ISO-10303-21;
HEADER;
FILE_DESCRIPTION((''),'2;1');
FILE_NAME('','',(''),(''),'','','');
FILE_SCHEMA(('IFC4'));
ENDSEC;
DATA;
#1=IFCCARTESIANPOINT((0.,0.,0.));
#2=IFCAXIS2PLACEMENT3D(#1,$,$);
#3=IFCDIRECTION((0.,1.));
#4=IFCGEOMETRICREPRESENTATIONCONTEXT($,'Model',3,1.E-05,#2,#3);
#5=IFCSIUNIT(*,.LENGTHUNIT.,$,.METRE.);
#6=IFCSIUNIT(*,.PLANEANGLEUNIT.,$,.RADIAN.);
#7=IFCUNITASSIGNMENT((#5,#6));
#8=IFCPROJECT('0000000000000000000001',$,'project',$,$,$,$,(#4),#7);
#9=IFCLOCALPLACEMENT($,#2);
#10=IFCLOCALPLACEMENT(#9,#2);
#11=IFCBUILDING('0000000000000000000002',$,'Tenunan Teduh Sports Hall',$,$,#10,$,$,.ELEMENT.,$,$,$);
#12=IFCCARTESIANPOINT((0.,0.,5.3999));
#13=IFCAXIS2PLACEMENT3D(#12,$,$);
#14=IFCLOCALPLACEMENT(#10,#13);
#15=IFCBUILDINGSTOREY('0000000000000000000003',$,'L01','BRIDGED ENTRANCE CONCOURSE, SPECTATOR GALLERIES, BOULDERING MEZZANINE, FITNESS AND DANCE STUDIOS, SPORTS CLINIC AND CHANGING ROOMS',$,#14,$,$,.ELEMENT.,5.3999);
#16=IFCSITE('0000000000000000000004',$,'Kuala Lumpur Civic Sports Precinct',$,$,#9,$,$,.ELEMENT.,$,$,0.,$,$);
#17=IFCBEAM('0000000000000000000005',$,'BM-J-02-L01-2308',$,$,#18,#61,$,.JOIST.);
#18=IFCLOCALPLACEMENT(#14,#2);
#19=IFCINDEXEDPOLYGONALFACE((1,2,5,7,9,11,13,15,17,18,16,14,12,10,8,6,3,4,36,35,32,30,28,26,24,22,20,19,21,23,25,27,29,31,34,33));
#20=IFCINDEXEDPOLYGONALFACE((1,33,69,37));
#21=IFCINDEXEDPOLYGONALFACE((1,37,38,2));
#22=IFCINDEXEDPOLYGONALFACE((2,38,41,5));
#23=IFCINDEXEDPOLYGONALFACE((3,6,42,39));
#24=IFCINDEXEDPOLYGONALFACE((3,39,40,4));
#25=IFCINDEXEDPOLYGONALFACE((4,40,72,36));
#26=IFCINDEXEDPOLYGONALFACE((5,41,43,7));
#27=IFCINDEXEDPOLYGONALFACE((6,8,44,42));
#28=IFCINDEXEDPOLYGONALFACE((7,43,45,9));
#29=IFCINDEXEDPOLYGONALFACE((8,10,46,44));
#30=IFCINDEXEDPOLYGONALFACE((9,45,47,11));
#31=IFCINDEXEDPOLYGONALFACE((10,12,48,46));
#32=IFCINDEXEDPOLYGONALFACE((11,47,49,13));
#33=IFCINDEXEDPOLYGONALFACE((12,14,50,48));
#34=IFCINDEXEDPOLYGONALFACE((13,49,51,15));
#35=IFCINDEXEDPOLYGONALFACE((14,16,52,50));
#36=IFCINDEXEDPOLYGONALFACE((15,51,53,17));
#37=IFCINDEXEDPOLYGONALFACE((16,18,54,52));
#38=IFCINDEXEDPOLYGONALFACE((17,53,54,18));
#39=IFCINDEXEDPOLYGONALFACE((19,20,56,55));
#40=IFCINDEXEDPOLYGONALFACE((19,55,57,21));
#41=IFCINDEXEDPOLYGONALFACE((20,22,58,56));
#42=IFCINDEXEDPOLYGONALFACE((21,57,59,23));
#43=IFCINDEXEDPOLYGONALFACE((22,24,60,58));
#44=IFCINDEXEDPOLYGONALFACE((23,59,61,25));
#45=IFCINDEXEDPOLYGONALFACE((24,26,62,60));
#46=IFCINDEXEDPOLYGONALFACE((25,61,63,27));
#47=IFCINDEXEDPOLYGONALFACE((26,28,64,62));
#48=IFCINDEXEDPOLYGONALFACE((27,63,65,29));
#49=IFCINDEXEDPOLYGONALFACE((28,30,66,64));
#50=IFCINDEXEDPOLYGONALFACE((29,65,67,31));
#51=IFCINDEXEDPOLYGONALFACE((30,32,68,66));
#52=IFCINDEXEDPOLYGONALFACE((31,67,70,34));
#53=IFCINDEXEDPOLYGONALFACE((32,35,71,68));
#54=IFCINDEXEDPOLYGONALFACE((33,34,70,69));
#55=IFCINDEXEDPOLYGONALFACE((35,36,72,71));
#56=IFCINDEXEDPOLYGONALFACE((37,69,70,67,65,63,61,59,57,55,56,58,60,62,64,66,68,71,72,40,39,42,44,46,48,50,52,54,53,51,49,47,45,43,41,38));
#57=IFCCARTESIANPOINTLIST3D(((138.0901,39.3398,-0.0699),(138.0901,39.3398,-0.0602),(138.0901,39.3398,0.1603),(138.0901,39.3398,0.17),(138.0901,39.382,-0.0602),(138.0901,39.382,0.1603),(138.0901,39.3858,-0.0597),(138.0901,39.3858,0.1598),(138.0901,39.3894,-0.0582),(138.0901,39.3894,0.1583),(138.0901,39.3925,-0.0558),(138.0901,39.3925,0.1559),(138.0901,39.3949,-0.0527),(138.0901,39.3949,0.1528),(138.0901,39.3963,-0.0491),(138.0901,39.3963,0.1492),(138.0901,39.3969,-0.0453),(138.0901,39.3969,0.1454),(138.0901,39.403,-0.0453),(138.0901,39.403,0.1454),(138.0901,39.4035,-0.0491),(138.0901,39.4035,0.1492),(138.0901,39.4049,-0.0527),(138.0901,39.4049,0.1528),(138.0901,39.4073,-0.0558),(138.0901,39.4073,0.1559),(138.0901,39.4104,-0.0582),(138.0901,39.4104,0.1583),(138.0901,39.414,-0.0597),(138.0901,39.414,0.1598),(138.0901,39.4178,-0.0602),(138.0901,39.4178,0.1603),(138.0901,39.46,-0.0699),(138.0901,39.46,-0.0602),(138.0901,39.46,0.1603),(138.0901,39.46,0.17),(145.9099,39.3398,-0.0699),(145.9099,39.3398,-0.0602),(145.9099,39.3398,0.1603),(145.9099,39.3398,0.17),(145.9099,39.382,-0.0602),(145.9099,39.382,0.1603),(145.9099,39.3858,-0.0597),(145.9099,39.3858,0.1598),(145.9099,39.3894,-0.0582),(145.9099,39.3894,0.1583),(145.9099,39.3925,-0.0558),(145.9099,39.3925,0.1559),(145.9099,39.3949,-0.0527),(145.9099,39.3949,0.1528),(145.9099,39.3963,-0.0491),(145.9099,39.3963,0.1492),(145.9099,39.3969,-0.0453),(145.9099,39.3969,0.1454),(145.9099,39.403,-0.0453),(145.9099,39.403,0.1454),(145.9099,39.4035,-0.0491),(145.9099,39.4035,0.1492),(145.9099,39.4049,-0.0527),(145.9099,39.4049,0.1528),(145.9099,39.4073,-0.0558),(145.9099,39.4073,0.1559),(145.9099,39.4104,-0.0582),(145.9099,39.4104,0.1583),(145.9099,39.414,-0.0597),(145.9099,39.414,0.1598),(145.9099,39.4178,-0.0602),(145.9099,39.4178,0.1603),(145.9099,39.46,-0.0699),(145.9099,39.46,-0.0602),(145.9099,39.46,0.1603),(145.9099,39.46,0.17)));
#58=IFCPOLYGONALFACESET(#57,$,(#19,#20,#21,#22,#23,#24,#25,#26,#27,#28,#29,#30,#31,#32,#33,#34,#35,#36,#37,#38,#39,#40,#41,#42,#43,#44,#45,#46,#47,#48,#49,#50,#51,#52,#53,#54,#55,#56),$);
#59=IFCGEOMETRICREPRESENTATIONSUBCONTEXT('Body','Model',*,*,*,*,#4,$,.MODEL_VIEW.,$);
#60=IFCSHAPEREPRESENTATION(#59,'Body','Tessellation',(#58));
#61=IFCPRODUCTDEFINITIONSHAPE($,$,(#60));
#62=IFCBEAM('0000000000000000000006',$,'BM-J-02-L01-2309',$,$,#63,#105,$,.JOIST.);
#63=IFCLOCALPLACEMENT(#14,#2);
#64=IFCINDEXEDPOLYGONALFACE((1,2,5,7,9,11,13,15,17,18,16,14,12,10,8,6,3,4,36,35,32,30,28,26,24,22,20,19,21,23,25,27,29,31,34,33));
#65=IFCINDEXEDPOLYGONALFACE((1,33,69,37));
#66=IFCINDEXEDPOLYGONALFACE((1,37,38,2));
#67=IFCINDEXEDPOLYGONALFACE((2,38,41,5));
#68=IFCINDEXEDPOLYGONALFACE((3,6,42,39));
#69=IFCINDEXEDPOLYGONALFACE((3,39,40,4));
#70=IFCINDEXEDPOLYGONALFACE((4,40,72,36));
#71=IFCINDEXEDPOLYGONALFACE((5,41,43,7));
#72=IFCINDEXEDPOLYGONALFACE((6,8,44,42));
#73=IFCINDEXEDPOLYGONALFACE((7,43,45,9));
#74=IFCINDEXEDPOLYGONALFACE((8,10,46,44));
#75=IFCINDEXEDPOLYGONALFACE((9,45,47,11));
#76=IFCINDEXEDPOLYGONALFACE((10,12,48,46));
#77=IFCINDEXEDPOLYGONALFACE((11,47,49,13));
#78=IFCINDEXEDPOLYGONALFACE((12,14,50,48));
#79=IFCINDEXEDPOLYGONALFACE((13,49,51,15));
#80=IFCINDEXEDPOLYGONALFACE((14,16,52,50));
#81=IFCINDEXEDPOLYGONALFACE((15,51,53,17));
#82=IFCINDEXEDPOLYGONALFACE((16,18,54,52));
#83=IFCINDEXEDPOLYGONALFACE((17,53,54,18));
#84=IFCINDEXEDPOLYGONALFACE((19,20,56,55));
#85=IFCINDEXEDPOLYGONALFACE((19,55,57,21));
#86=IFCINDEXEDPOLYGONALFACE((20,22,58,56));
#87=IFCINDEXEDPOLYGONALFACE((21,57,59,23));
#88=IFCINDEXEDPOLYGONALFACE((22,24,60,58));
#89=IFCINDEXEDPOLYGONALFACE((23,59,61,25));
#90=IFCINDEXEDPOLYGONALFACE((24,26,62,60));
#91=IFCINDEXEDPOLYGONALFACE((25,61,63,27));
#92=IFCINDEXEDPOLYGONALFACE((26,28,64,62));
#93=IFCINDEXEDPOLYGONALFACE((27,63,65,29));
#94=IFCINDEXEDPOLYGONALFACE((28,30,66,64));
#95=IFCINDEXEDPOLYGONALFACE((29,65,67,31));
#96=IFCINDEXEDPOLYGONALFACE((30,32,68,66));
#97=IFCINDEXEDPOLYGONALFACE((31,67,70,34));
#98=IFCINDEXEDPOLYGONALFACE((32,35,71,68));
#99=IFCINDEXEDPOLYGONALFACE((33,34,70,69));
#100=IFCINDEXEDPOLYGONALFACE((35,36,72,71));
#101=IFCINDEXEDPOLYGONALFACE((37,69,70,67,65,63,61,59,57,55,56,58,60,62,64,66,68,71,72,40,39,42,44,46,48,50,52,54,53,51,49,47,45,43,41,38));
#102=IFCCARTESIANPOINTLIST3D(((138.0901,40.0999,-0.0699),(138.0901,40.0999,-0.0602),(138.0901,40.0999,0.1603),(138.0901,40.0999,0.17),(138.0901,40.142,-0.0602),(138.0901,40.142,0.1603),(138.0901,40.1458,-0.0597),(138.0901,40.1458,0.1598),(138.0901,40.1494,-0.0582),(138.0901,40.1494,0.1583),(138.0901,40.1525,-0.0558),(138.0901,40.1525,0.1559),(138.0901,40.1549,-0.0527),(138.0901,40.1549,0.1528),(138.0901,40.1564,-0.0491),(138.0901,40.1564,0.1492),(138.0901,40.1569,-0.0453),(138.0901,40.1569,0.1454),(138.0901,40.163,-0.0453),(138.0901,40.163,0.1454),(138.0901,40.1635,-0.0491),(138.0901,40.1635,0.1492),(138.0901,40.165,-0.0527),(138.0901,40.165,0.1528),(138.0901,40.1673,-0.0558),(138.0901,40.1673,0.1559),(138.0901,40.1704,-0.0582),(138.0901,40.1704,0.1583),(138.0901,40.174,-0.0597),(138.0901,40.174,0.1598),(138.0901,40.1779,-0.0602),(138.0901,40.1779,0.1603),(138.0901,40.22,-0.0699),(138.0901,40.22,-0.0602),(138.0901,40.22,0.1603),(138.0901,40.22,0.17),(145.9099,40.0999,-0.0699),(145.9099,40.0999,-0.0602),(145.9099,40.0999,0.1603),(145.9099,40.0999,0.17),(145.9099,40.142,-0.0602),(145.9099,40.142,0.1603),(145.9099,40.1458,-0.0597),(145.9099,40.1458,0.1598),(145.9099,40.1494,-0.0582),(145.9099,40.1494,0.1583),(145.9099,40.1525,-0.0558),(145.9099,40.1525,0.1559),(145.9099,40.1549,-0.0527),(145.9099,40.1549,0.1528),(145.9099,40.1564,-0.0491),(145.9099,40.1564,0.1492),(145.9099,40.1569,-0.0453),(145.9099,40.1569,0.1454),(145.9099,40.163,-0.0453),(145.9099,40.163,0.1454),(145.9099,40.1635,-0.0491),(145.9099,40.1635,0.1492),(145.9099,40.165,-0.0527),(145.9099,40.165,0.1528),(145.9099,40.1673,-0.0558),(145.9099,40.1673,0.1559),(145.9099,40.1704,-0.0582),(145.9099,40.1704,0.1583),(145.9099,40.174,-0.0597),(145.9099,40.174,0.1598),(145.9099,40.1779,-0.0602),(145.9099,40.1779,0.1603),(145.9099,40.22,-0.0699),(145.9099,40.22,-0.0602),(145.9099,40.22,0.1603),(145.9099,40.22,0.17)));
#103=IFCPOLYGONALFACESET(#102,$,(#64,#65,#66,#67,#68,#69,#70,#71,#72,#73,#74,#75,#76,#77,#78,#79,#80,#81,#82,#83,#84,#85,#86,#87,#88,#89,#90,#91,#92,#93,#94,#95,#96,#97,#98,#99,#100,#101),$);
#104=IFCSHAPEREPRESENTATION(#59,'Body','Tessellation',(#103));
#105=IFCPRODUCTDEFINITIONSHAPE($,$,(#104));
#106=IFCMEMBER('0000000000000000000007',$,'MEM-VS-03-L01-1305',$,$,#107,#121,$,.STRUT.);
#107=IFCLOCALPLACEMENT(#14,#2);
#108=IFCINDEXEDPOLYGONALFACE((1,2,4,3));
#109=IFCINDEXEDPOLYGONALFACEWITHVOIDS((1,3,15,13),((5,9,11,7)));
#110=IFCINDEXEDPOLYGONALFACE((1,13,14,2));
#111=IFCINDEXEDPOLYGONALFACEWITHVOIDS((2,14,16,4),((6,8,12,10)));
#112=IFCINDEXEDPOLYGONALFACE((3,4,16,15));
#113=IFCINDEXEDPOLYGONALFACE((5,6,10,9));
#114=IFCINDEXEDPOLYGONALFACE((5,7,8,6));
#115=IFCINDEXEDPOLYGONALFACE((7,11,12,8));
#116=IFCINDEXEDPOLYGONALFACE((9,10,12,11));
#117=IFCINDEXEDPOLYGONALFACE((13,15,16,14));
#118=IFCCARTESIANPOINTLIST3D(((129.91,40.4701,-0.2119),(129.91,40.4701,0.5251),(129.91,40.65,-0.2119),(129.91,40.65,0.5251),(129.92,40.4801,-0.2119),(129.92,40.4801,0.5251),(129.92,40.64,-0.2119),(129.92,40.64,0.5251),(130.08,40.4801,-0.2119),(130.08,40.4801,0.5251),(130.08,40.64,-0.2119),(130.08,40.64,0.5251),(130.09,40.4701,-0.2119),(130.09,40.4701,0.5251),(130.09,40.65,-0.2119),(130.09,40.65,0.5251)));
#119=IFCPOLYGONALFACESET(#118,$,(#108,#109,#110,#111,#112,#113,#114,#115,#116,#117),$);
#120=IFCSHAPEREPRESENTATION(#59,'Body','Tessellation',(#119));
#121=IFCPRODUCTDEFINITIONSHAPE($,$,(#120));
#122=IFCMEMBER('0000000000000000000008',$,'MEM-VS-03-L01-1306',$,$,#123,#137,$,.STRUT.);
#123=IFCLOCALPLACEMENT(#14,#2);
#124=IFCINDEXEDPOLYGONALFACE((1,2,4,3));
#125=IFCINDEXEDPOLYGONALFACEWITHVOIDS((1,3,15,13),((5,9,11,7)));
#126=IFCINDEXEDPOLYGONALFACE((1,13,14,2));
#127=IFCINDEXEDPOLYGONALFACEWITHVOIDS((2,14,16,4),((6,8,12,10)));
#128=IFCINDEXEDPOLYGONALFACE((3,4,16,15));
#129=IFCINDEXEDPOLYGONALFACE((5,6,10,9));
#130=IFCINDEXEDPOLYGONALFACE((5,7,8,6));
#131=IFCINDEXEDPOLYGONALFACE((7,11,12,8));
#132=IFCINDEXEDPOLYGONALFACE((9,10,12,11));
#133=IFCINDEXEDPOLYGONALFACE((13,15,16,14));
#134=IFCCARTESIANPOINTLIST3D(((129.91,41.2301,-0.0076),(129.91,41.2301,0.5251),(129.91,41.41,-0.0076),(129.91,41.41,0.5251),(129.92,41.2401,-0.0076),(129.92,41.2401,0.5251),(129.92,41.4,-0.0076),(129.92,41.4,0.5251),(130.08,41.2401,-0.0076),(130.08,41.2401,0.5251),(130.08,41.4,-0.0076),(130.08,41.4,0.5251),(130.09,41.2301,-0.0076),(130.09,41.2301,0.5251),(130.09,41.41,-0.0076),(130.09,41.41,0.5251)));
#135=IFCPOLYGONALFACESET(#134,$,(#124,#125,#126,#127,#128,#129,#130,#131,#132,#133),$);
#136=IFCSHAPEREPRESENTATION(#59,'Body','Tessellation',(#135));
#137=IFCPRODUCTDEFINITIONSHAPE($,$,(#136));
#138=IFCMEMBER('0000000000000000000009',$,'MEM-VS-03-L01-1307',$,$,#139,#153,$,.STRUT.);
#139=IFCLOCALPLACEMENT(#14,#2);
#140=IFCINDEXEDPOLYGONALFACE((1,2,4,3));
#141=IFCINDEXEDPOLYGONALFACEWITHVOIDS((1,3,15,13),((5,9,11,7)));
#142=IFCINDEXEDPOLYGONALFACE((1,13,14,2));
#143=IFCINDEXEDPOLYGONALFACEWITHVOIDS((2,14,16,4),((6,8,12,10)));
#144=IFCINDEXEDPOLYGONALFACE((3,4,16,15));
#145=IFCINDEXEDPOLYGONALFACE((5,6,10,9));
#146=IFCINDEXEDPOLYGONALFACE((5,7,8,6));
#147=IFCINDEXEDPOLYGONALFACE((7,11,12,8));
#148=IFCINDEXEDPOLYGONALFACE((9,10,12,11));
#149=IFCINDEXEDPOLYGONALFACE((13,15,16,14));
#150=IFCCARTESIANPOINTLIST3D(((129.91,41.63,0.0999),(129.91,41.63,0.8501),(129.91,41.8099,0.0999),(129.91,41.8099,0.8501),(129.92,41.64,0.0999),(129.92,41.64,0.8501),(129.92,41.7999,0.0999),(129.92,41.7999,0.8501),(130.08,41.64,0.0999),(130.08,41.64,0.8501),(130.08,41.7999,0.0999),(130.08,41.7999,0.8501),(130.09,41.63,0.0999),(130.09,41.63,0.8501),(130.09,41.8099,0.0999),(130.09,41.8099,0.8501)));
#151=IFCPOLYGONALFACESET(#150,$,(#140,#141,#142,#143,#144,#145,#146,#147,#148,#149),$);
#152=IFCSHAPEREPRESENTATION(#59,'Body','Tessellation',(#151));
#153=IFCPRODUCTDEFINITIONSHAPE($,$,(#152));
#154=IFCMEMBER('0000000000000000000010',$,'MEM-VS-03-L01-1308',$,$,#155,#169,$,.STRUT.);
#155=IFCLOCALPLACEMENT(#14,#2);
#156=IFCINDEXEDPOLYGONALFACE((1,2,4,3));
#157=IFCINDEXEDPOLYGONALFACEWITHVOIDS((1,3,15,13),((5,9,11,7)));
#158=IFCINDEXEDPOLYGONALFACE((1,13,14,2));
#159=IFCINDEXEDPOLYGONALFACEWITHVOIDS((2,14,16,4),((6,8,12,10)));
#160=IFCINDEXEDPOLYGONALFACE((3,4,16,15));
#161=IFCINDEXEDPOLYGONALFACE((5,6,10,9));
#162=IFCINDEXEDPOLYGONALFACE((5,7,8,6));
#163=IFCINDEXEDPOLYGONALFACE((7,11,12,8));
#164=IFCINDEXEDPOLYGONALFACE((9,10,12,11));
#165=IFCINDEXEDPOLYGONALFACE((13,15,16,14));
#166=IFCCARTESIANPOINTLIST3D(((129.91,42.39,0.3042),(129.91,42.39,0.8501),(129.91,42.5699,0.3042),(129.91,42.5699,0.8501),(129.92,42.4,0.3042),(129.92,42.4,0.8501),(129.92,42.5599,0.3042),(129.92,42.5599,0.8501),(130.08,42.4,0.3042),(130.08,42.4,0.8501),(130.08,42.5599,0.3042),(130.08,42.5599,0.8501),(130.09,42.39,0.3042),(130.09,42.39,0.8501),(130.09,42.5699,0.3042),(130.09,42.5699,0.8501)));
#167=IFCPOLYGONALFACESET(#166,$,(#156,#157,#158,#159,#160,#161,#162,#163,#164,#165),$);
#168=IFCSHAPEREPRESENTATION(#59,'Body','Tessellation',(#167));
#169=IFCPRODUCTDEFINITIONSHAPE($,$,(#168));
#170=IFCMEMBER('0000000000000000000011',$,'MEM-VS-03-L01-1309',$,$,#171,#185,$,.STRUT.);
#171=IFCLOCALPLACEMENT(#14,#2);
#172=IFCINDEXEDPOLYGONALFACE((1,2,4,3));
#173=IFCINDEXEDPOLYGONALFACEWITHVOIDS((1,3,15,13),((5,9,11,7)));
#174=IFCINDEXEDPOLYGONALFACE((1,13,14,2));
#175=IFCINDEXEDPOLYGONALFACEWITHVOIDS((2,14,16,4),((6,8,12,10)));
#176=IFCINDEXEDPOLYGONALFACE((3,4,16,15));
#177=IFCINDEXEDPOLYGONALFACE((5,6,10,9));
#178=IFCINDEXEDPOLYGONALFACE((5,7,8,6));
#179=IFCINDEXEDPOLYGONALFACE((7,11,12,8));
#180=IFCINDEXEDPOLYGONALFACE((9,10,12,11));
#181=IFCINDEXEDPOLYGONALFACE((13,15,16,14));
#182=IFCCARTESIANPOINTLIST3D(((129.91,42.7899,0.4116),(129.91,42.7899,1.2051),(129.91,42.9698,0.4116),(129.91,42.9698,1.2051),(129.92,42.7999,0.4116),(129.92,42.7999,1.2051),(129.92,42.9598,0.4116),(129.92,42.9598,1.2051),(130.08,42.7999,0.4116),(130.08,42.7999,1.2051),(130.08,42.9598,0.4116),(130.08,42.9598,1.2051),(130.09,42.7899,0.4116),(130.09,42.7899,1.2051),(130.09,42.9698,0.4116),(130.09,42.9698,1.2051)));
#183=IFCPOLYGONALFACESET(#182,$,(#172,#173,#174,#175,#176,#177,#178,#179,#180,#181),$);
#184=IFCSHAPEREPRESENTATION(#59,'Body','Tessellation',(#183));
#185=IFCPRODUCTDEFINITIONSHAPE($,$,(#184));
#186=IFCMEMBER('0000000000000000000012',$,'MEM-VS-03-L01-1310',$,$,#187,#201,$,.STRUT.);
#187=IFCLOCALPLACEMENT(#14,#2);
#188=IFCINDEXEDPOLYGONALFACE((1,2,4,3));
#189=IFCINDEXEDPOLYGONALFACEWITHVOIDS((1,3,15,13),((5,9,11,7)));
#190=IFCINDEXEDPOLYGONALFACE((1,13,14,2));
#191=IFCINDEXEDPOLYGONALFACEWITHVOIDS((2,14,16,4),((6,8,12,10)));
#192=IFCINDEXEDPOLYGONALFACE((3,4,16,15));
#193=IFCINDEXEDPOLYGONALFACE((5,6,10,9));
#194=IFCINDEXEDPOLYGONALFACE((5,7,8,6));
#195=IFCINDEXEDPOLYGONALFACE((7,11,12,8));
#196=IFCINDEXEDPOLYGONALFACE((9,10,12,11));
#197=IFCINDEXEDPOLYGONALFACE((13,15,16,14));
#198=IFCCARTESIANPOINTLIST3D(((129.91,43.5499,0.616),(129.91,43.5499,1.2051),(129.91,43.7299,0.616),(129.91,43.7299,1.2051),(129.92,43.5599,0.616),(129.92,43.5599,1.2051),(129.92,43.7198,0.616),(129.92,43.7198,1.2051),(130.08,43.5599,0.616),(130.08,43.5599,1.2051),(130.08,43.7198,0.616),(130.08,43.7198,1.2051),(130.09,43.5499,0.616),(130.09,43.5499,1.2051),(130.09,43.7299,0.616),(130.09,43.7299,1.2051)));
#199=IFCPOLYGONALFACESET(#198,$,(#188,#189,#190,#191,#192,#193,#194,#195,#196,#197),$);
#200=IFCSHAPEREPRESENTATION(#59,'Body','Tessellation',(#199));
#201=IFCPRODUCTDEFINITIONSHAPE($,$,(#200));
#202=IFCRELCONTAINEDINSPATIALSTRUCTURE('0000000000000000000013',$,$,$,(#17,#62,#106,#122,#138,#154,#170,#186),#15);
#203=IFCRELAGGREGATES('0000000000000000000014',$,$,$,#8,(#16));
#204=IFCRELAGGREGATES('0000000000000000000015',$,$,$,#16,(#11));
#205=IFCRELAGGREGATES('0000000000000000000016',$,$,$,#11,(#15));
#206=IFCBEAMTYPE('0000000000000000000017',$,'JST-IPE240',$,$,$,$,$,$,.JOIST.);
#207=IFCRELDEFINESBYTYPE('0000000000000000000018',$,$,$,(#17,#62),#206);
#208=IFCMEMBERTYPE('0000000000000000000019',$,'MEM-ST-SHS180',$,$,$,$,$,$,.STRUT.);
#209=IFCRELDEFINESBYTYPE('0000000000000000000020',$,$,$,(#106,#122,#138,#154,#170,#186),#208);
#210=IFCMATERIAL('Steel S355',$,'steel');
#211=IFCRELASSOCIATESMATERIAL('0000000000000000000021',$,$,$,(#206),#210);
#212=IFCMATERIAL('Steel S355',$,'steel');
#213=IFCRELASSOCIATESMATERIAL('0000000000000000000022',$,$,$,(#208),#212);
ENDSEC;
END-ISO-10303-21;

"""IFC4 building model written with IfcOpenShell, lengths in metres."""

from ifc_helpers import new_model, si_unit, direction, frame, origin, origin_2d, place, context, subcontext, project, spatial, hollow_rectangle, i_section, extrude, material, material_profile, profile_set, type_object, element, save


model = new_model("IFC4")

# Units and contexts
model_context = context("Model", 3, precision=1e-05, world=origin(), true_north=direction((0.0, 1.0)))
body_context = subcontext(model_context, "Body", "Model", "MODEL_VIEW")
ifc_project = project(units=[si_unit("LENGTHUNIT", "METRE"), si_unit("PLANEANGLEUNIT", "RADIAN")], contexts=[model_context])

# Site, building, storey
site_placement = place(None, origin())
site = spatial("IfcSite", under=ifc_project, at=site_placement, Name="Kuala Lumpur Civic Sports Precinct", CompositionType="ELEMENT", RefElevation=0.0)
building_placement = place(site_placement, origin())
building = spatial("IfcBuilding", under=site, at=building_placement, Name="Tenunan Teduh Sports Hall", CompositionType="ELEMENT")
storey_placement = place(building_placement, frame((0.0, 0.0, 5.3999)))
storey = spatial("IfcBuildingStorey", under=building, at=storey_placement, Name="L01", Description="BRIDGED ENTRANCE CONCOURSE, SPECTATOR GALLERIES, BOULDERING MEZZANINE, FITNESS AND DANCE STUDIOS, SPORTS CLINIC AND CHANGING ROOMS", CompositionType="ELEMENT", Elevation=5.3999)

# Beams
ifc_material_1 = material(Name="Steel S355", Category="steel")
ifc_material_profile_1 = material_profile(ifc_material_1, i_section(OverallWidth=0.1201, OverallDepth=0.24, WebThickness=0.0061, FlangeThickness=0.0098, FilletRadius=0.0149, at=origin_2d()), Name="IPE 240")
ifc_profile_set_1 = profile_set([ifc_material_profile_1], Name="Steel S355")
beam_type_1 = type_object("IfcBeamType", Name="JST-IPE240", PredefinedType="JOIST", material=ifc_profile_set_1)
for number, where, z_axis, x_axis, name in (
    (1, (138.0901, 39.3999, 0.05), (1.0, 0.0, 0.0), (0.0, 1.0, 0.0), "BM-J-02-L01-2308"),
    (2, (138.0901, 40.1599, 0.05), (1.0, 0.0, 0.0), (0.0, 1.0, 0.0), "BM-J-02-L01-2309"),
):
    element("IfcBeam", number, at=place(storey_placement, frame(where, z_axis=z_axis, x_axis=x_axis)), inside=storey, type_object=beam_type_1, Name=name, PredefinedType="JOIST", context=body_context, shape_type="SweptSolid", body=[
        extrude(i_section(OverallWidth=0.1201, OverallDepth=0.24, WebThickness=0.0061, FlangeThickness=0.0098, FilletRadius=0.0149, at=origin_2d()), origin(), (0.0, 0.0, 1.0), 7.8198),
    ])

# Members
ifc_material_2 = material(Name="Steel S355", Category="steel")
ifc_material_profile_2 = material_profile(ifc_material_2, hollow_rectangle(XDim=0.1799, YDim=0.1799, WallThickness=0.01, at=origin_2d()), Name="SHS 180x180x10.0")
ifc_profile_set_2 = profile_set([ifc_material_profile_2], Name="Steel S355")
member_type = type_object("IfcMemberType", Name="MEM-ST-SHS180", PredefinedType="STRUT", material=ifc_profile_set_2)
member_1_placement = place(storey_placement, frame((130.0, 40.5601, -0.2119), z_axis=(0.0, 0.0, 1.0), x_axis=(1.0, 0.0, 0.0)))
element("IfcMember", 3, at=member_1_placement, inside=storey, type_object=member_type, Name="MEM-VS-03-L01-1305", PredefinedType="STRUT", context=body_context, shape_type="SweptSolid", body=[
    extrude(hollow_rectangle(XDim=0.1799, YDim=0.1799, WallThickness=0.01, at=origin_2d()), origin(), (0.0, 0.0, 1.0), 0.7371),
])
member_2_placement = place(storey_placement, frame((130.0, 41.3201, -0.0076), z_axis=(0.0, 0.0, 1.0), x_axis=(1.0, 0.0, 0.0)))
element("IfcMember", 4, at=member_2_placement, inside=storey, type_object=member_type, Name="MEM-VS-03-L01-1306", PredefinedType="STRUT", context=body_context, shape_type="SweptSolid", body=[
    extrude(hollow_rectangle(XDim=0.1799, YDim=0.1799, WallThickness=0.01, at=origin_2d()), origin(), (0.0, 0.0, 1.0), 0.5327),
])
member_3_placement = place(storey_placement, frame((130.0, 41.72, 0.0999), z_axis=(0.0, 0.0, 1.0), x_axis=(1.0, 0.0, 0.0)))
element("IfcMember", 5, at=member_3_placement, inside=storey, type_object=member_type, Name="MEM-VS-03-L01-1307", PredefinedType="STRUT", context=body_context, shape_type="SweptSolid", body=[
    extrude(hollow_rectangle(XDim=0.1799, YDim=0.1799, WallThickness=0.01, at=origin_2d()), origin(), (0.0, 0.0, 1.0), 0.7502),
])
member_4_placement = place(storey_placement, frame((130.0, 42.48, 0.3042), z_axis=(0.0, 0.0, 1.0), x_axis=(1.0, 0.0, 0.0)))
element("IfcMember", 6, at=member_4_placement, inside=storey, type_object=member_type, Name="MEM-VS-03-L01-1308", PredefinedType="STRUT", context=body_context, shape_type="SweptSolid", body=[
    extrude(hollow_rectangle(XDim=0.1799, YDim=0.1799, WallThickness=0.01, at=origin_2d()), origin(), (0.0, 0.0, 1.0), 0.5459),
])
member_5_placement = place(storey_placement, frame((130.0, 42.8799, 0.4116), z_axis=(0.0, 0.0, 1.0), x_axis=(1.0, 0.0, 0.0)))
element("IfcMember", 7, at=member_5_placement, inside=storey, type_object=member_type, Name="MEM-VS-03-L01-1309", PredefinedType="STRUT", context=body_context, shape_type="SweptSolid", body=[
    extrude(hollow_rectangle(XDim=0.1799, YDim=0.1799, WallThickness=0.01, at=origin_2d()), origin(), (0.0, 0.0, 1.0), 0.7935),
])
member_6_placement = place(storey_placement, frame((130.0, 43.6399, 0.616), z_axis=(0.0, 0.0, 1.0), x_axis=(1.0, 0.0, 0.0)))
element("IfcMember", 8, at=member_6_placement, inside=storey, type_object=member_type, Name="MEM-VS-03-L01-1310", PredefinedType="STRUT", context=body_context, shape_type="SweptSolid", body=[
    extrude(hollow_rectangle(XDim=0.1799, YDim=0.1799, WallThickness=0.01, at=origin_2d()), origin(), (0.0, 0.0, 1.0), 0.5891),
])

save(model, "model.ifc")
